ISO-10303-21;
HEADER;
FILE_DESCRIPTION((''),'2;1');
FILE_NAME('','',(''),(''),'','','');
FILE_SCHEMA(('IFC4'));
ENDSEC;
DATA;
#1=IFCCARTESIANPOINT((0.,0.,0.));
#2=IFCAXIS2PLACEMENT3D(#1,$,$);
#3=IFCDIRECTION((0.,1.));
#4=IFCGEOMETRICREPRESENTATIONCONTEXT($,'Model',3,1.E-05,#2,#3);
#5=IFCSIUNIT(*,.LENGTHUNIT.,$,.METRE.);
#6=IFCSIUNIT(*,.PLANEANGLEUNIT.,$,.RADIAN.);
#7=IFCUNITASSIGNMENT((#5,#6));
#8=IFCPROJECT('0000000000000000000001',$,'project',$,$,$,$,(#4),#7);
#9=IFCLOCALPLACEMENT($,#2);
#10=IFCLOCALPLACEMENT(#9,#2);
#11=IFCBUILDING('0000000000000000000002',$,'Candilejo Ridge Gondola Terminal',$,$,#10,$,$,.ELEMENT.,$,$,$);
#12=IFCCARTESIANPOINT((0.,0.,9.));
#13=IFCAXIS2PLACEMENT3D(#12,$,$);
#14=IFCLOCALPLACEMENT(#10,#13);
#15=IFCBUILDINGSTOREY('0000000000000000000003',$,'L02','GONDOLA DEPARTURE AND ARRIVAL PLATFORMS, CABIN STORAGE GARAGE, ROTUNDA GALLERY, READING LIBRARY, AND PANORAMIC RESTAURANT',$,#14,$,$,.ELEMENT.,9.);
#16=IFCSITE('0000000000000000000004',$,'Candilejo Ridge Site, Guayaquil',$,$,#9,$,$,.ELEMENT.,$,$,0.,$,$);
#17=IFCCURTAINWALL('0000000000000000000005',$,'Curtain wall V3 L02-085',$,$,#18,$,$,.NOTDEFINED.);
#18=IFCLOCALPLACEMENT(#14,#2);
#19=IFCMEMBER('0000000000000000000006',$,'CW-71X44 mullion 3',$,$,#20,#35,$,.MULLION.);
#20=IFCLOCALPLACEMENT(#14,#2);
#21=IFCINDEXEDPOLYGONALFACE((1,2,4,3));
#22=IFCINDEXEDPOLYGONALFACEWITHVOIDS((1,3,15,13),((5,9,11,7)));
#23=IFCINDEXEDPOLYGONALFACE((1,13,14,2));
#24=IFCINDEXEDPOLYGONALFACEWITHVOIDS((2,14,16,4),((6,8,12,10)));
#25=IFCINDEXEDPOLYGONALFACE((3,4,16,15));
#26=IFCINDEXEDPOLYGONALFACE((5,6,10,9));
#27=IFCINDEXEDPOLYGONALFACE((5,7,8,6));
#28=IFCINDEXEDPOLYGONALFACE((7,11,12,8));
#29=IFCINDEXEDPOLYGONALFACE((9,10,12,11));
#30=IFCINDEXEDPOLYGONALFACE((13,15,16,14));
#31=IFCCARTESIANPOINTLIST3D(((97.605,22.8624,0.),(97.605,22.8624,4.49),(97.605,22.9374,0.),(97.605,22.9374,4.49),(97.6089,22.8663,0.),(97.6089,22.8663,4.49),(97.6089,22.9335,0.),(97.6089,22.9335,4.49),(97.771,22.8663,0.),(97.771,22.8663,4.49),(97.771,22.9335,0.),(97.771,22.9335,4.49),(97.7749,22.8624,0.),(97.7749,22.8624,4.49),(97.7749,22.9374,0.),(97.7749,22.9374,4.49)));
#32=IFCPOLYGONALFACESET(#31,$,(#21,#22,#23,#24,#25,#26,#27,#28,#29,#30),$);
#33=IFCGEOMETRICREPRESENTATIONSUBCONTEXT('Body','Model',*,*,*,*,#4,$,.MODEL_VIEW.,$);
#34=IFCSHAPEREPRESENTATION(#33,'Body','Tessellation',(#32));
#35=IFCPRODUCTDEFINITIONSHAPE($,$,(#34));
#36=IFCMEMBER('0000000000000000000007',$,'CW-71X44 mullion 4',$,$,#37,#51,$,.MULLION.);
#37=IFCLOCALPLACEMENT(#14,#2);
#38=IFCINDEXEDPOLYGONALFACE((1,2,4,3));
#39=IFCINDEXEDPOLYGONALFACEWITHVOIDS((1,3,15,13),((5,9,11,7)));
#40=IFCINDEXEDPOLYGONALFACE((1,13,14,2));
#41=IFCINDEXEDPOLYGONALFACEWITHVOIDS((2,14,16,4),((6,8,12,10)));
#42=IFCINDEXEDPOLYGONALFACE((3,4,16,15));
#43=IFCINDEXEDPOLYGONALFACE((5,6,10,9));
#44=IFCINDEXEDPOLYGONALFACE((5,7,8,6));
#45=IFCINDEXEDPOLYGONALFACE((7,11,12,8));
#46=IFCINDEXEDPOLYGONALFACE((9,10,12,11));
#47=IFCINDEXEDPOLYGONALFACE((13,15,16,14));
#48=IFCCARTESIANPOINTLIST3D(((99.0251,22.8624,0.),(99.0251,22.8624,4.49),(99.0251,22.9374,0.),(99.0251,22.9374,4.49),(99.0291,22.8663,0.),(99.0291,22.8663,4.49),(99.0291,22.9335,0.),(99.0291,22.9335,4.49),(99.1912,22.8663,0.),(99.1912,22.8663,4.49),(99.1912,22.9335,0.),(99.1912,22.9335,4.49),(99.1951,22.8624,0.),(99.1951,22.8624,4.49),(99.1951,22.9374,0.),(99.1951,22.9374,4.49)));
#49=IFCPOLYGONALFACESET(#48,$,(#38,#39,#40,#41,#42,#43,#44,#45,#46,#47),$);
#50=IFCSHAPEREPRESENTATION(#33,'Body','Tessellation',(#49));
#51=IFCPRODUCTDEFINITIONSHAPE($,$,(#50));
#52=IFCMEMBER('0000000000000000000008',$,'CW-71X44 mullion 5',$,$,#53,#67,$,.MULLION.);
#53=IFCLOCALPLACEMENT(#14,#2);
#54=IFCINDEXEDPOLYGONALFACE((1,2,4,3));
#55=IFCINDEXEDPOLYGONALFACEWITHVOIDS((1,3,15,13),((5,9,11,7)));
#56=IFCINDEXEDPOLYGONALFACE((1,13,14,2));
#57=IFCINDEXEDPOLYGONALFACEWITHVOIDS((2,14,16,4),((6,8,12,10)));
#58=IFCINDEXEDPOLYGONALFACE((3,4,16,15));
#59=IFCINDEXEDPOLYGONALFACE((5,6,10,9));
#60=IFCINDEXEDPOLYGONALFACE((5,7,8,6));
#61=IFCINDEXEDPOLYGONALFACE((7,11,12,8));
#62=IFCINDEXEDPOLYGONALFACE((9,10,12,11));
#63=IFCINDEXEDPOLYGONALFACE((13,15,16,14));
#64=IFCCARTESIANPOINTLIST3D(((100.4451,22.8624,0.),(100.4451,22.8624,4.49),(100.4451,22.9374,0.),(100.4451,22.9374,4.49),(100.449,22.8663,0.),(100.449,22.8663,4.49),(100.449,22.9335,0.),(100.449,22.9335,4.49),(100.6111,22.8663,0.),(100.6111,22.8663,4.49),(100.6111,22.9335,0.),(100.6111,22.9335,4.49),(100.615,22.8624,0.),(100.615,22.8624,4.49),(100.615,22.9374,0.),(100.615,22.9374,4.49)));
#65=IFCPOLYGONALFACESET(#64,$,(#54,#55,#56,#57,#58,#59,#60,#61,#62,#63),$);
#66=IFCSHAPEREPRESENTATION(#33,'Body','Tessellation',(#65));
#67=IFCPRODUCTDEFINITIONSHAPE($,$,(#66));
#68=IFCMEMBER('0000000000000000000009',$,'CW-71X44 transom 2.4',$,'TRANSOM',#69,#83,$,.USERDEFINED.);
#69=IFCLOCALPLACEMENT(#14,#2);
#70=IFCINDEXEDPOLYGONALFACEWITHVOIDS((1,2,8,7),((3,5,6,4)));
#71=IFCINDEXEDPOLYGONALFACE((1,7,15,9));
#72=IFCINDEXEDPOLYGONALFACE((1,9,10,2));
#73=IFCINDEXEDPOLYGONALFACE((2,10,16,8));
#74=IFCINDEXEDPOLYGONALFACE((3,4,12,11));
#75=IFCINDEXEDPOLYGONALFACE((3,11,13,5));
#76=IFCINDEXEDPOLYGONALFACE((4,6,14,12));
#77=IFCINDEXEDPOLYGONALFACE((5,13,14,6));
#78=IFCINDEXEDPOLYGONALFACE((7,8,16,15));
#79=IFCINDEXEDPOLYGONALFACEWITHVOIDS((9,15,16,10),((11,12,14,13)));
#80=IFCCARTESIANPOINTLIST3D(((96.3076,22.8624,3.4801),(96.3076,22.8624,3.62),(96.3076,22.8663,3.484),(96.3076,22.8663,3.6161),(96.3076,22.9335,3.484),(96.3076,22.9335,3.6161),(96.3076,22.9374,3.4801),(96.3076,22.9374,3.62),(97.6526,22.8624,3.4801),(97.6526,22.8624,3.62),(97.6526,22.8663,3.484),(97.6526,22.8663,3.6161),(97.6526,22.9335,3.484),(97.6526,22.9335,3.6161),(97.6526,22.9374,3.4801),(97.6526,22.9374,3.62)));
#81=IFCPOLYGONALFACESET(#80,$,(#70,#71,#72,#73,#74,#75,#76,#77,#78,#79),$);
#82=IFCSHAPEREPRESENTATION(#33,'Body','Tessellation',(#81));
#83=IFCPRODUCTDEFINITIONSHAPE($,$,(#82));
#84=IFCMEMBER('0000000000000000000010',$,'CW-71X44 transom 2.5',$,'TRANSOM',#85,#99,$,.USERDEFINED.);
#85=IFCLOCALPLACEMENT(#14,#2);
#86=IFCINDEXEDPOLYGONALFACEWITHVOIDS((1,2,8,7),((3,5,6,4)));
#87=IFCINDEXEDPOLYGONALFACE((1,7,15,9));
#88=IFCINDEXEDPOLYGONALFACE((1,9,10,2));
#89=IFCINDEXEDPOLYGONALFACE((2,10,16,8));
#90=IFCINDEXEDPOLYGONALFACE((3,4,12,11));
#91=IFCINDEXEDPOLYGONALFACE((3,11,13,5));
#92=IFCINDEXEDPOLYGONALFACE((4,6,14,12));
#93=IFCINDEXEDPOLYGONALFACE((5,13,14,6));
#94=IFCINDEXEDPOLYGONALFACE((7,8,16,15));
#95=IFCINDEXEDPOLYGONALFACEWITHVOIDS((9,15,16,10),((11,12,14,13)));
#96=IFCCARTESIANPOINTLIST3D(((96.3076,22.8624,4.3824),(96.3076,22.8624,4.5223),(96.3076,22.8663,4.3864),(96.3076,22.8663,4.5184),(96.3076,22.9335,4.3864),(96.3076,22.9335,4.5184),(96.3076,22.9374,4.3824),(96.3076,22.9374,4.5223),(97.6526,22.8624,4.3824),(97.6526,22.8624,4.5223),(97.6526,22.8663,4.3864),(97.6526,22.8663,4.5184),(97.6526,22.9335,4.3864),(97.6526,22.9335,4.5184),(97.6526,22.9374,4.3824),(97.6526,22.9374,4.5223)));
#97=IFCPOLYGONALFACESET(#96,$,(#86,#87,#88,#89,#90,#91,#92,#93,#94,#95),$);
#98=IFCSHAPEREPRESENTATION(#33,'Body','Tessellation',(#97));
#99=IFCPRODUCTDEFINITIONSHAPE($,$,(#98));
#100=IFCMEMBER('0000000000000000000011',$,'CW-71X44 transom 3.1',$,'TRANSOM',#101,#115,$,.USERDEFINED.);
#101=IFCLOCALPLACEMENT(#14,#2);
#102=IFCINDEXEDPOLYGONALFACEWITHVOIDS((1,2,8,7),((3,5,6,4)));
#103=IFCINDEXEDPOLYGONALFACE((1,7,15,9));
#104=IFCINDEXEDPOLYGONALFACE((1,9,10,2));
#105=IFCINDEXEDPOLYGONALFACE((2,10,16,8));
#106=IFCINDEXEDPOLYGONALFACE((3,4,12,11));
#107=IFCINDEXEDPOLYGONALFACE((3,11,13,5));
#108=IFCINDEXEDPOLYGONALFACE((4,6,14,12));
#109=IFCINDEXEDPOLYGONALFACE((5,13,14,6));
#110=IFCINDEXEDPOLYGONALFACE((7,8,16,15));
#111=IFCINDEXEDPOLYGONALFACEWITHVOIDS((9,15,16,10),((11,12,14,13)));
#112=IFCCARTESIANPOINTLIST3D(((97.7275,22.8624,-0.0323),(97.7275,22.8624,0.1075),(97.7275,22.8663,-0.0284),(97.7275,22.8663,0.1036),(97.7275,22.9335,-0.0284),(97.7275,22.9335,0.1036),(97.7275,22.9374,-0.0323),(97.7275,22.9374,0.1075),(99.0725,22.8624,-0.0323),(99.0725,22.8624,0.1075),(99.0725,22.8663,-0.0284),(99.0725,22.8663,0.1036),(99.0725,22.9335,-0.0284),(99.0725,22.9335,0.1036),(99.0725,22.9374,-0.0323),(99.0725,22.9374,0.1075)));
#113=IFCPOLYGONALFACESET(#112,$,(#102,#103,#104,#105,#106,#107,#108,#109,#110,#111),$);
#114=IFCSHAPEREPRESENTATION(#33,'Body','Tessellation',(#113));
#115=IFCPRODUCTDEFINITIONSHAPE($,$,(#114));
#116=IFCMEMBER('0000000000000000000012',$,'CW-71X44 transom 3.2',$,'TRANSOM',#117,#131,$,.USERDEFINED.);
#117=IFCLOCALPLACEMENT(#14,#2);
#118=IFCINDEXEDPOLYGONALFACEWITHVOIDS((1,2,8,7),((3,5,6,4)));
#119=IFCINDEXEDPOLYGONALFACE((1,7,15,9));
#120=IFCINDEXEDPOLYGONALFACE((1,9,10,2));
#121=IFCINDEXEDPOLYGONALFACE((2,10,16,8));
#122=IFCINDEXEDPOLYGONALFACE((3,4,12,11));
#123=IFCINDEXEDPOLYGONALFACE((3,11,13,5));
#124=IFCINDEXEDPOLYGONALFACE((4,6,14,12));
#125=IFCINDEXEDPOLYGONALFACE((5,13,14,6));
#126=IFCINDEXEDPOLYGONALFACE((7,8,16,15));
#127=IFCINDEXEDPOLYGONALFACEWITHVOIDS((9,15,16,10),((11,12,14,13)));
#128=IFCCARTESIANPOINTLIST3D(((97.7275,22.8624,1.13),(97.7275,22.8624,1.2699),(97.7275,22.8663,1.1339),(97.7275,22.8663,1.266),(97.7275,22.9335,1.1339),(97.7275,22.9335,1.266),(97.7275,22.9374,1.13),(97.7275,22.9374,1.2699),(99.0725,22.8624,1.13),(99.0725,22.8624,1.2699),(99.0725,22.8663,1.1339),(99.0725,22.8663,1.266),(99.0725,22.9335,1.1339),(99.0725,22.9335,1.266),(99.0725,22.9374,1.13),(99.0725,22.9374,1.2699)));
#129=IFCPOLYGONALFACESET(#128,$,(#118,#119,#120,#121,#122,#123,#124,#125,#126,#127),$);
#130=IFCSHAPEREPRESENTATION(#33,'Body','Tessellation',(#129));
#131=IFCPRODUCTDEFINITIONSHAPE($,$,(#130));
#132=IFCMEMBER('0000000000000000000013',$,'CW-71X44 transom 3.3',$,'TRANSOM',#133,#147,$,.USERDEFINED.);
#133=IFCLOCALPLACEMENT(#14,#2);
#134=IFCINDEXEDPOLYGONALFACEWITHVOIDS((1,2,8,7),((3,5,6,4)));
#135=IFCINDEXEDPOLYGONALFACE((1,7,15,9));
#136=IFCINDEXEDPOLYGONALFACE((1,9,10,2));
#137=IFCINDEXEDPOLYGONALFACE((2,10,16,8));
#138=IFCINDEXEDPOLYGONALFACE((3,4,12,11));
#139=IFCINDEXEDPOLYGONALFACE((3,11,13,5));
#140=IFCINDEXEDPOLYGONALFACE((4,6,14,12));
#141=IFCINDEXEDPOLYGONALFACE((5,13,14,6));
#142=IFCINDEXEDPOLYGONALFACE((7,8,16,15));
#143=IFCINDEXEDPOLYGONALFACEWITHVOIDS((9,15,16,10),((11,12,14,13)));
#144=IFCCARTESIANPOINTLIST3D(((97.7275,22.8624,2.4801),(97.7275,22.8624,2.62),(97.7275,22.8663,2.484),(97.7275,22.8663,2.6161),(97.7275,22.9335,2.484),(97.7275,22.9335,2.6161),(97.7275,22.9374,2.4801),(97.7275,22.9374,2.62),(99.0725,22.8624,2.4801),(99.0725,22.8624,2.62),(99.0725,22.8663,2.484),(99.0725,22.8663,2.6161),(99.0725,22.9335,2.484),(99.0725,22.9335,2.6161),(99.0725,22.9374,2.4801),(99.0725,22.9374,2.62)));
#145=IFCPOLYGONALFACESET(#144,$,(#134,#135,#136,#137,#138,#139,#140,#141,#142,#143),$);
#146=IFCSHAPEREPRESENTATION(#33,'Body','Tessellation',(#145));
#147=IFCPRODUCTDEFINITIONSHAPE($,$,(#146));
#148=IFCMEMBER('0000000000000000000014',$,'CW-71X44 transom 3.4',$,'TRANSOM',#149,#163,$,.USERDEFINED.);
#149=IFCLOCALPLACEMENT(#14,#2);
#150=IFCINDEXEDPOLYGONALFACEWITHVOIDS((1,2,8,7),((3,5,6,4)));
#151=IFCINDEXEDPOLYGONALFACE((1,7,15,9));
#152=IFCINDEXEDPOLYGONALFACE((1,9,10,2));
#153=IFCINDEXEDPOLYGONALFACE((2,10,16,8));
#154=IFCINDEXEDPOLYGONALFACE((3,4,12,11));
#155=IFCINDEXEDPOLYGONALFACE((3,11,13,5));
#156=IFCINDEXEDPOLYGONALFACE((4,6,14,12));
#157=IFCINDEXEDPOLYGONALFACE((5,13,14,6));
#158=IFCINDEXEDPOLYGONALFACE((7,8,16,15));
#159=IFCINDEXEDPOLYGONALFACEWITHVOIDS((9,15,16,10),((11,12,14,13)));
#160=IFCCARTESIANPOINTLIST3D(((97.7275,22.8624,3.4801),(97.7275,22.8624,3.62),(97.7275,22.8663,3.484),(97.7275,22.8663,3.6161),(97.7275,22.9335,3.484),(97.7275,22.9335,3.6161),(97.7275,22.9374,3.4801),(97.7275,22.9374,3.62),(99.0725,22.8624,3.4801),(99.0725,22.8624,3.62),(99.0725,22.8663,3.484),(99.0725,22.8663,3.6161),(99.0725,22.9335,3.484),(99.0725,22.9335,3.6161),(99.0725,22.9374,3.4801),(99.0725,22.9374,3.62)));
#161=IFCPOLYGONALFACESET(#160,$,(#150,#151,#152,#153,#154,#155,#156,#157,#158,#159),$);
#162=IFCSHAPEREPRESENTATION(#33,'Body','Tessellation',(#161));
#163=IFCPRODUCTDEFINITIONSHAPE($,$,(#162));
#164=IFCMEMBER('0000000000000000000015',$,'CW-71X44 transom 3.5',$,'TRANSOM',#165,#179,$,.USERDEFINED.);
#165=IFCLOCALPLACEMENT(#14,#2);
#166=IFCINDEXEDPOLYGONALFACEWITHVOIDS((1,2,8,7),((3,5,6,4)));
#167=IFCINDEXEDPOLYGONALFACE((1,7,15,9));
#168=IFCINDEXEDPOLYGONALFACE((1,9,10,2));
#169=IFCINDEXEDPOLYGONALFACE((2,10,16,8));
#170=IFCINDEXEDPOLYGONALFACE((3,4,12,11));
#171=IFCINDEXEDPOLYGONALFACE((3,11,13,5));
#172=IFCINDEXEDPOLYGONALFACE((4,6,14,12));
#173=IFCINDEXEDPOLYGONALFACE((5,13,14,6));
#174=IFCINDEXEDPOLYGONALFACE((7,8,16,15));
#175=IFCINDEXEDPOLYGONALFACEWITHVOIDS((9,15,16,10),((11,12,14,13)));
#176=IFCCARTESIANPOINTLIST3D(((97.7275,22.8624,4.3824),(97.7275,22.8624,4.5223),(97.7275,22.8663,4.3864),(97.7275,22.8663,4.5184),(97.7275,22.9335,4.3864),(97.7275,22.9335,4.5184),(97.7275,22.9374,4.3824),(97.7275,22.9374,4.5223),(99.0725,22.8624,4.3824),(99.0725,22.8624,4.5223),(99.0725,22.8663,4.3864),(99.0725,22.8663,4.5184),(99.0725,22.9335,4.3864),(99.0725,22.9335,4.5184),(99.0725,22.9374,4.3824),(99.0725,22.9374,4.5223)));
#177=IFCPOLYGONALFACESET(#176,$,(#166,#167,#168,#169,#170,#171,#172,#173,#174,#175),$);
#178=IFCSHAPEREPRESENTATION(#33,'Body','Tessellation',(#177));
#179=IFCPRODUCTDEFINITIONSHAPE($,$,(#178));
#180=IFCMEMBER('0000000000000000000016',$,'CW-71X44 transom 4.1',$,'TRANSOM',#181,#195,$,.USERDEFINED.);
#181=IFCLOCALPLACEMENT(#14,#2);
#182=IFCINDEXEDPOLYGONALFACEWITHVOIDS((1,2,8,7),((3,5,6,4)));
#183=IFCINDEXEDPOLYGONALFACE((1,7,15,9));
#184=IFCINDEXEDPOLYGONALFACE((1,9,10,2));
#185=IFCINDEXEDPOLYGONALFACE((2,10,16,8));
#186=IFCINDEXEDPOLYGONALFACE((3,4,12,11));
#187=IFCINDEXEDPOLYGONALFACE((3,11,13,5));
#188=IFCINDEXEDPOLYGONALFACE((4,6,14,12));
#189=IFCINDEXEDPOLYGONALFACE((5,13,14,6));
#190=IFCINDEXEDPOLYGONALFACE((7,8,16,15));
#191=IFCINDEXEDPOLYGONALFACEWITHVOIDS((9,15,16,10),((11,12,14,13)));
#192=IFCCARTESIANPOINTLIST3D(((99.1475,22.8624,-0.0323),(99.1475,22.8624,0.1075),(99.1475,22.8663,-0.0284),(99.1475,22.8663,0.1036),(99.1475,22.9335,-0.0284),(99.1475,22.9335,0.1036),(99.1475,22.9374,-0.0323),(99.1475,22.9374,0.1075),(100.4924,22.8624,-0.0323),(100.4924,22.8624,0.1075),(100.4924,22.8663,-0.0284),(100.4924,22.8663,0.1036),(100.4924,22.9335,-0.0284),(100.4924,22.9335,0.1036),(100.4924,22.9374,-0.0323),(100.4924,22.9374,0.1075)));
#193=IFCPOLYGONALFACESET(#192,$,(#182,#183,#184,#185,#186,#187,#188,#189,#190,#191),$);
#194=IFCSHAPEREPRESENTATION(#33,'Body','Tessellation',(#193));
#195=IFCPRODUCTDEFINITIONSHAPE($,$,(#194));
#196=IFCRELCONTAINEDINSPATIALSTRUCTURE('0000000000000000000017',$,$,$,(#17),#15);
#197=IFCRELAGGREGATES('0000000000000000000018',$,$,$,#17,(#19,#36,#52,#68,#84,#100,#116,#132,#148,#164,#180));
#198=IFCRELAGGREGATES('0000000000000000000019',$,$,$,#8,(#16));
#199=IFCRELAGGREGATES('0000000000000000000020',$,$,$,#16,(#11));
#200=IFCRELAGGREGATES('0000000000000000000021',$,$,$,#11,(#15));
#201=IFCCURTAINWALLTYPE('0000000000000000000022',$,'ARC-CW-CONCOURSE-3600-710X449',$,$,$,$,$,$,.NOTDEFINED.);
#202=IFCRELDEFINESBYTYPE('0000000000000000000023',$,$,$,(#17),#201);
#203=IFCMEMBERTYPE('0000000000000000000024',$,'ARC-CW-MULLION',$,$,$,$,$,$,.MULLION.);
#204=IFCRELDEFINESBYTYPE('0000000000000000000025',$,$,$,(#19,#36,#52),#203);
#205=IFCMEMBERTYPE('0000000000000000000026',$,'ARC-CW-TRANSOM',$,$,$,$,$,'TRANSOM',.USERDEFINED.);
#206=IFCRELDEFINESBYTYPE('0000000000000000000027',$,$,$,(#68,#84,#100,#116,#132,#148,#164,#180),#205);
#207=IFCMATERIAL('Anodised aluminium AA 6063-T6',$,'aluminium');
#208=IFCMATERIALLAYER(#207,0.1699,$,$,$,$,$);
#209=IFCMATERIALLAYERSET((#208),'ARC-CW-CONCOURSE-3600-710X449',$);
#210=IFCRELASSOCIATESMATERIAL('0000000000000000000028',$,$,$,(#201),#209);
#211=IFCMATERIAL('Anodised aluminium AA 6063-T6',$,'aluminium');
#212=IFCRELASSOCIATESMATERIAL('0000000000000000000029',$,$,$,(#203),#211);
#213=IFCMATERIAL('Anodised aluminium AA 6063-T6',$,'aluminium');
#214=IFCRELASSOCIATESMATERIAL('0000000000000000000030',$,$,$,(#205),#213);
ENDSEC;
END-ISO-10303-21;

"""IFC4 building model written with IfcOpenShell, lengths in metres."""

from ifc_helpers import new_model, si_unit, direction, frame, origin, origin_2d, place, context, subcontext, project, spatial, hollow_rectangle, extrude, material, layer, layer_set, material_profile, profile_set, type_object, element, aggregate, save


model = new_model("IFC4")

# Units and contexts
model_context = context("Model", 3, precision=1e-05, world=origin(), true_north=direction((0.0, 1.0)))
body_context = subcontext(model_context, "Body", "Model", "MODEL_VIEW")
ifc_project = project(units=[si_unit("LENGTHUNIT", "METRE"), si_unit("PLANEANGLEUNIT", "RADIAN")], contexts=[model_context])

# Site, building, storey
site_placement = place(None, origin())
site = spatial("IfcSite", under=ifc_project, at=site_placement, Name="Candilejo Ridge Site, Guayaquil", CompositionType="ELEMENT", RefElevation=0.0)
building_placement = place(site_placement, origin())
building = spatial("IfcBuilding", under=site, at=building_placement, Name="Candilejo Ridge Gondola Terminal", CompositionType="ELEMENT")
storey_placement = place(building_placement, frame((0.0, 0.0, 9.0)))
storey = spatial("IfcBuildingStorey", under=building, at=storey_placement, Name="L02", Description="GONDOLA DEPARTURE AND ARRIVAL PLATFORMS, CABIN STORAGE GARAGE, ROTUNDA GALLERY, READING LIBRARY, AND PANORAMIC RESTAURANT", CompositionType="ELEMENT", Elevation=9.0)

# Curtain wall, members
ifc_material_1 = material(Name="Anodised aluminium AA 6063-T6", Category="aluminium")
ifc_layer_1 = layer(ifc_material_1, 0.1699)
ifc_layer_set_1 = layer_set([ifc_layer_1], Name="ARC-CW-CONCOURSE-3600-710X449")
curtain_wall_type = type_object("IfcCurtainWallType", Name="ARC-CW-CONCOURSE-3600-710X449", PredefinedType="NOTDEFINED", material=ifc_layer_set_1)
curtain_wall_placement = place(storey_placement, origin())
curtain_wall = element("IfcCurtainWall", 1, at=curtain_wall_placement, inside=storey, type_object=curtain_wall_type, Name="Curtain wall V3 L02-085", PredefinedType="NOTDEFINED")
ifc_material_2 = material(Name="Anodised aluminium AA 6063-T6", Category="aluminium")
ifc_material_profile_1 = material_profile(ifc_material_2, hollow_rectangle(XDim=0.075, YDim=0.1699, WallThickness=0.0039, at=origin_2d()))
ifc_profile_set_1 = profile_set([ifc_material_profile_1], Name="Anodised aluminium AA 6063-T6")
member_type_1 = type_object("IfcMemberType", Name="ARC-CW-MULLION", PredefinedType="MULLION", material=ifc_profile_set_1)
member_1_placement = place(storey_placement, frame((97.6899, 22.8999, 0.0), z_axis=(0.0, 0.0, 1.0), x_axis=(0.0, 1.0, 0.0)))
member_1 = element("IfcMember", 2, at=member_1_placement, type_object=member_type_1, Name="CW-71X44 mullion 3", PredefinedType="MULLION", context=body_context, shape_type="SweptSolid", body=[
    extrude(hollow_rectangle(XDim=0.075, YDim=0.1699, WallThickness=0.0039, at=origin_2d()), origin(), (0.0, 0.0, 1.0), 4.49),
])
member_2_placement = place(storey_placement, frame((99.1101, 22.8999, 0.0), z_axis=(0.0, 0.0, 1.0), x_axis=(0.0, 1.0, 0.0)))
member_2 = element("IfcMember", 3, at=member_2_placement, type_object=member_type_1, Name="CW-71X44 mullion 4", PredefinedType="MULLION", context=body_context, shape_type="SweptSolid", body=[
    extrude(hollow_rectangle(XDim=0.075, YDim=0.1699, WallThickness=0.0039, at=origin_2d()), origin(), (0.0, 0.0, 1.0), 4.49),
])
member_3_placement = place(storey_placement, frame((100.53, 22.8999, 0.0), z_axis=(0.0, 0.0, 1.0), x_axis=(0.0, 1.0, 0.0)))
member_3 = element("IfcMember", 4, at=member_3_placement, type_object=member_type_1, Name="CW-71X44 mullion 5", PredefinedType="MULLION", context=body_context, shape_type="SweptSolid", body=[
    extrude(hollow_rectangle(XDim=0.075, YDim=0.1699, WallThickness=0.0039, at=origin_2d()), origin(), (0.0, 0.0, 1.0), 4.49),
])
ifc_material_3 = material(Name="Anodised aluminium AA 6063-T6", Category="aluminium")
ifc_material_profile_2 = material_profile(ifc_material_3, hollow_rectangle(XDim=0.075, YDim=0.1399, WallThickness=0.0039, at=origin_2d()))
ifc_profile_set_2 = profile_set([ifc_material_profile_2], Name="Anodised aluminium AA 6063-T6")
member_type_2 = type_object("IfcMemberType", Name="ARC-CW-TRANSOM", ElementType="TRANSOM", PredefinedType="USERDEFINED", material=ifc_profile_set_2)
member_4_placement = place(storey_placement, frame((96.3076, 22.8999, 3.55), z_axis=(1.0, 0.0, 0.0), x_axis=(0.0, 1.0, 0.0)))
member_4 = element("IfcMember", 5, at=member_4_placement, type_object=member_type_2, Name="CW-71X44 transom 2.4", ObjectType="TRANSOM", PredefinedType="USERDEFINED", context=body_context, shape_type="SweptSolid", body=[
    extrude(hollow_rectangle(XDim=0.075, YDim=0.1399, WallThickness=0.0039, at=origin_2d()), origin(), (0.0, 0.0, 1.0), 1.345),
])
member_5_placement = place(storey_placement, frame((96.3076, 22.8999, 4.4524), z_axis=(1.0, 0.0, 0.0), x_axis=(0.0, 1.0, 0.0)))
member_5 = element("IfcMember", 6, at=member_5_placement, type_object=member_type_2, Name="CW-71X44 transom 2.5", ObjectType="TRANSOM", PredefinedType="USERDEFINED", context=body_context, shape_type="SweptSolid", body=[
    extrude(hollow_rectangle(XDim=0.075, YDim=0.1399, WallThickness=0.0039, at=origin_2d()), origin(), (0.0, 0.0, 1.0), 1.345),
])
member_6_placement = place(storey_placement, frame((97.7275, 22.8999, 0.0376), z_axis=(1.0, 0.0, 0.0), x_axis=(0.0, 1.0, 0.0)))
member_6 = element("IfcMember", 7, at=member_6_placement, type_object=member_type_2, Name="CW-71X44 transom 3.1", ObjectType="TRANSOM", PredefinedType="USERDEFINED", context=body_context, shape_type="SweptSolid", body=[
    extrude(hollow_rectangle(XDim=0.075, YDim=0.1399, WallThickness=0.0039, at=origin_2d()), origin(), (0.0, 0.0, 1.0), 1.345),
])
member_7_placement = place(storey_placement, frame((97.7275, 22.8999, 1.2), z_axis=(1.0, 0.0, 0.0), x_axis=(0.0, 1.0, 0.0)))
member_7 = element("IfcMember", 8, at=member_7_placement, type_object=member_type_2, Name="CW-71X44 transom 3.2", ObjectType="TRANSOM", PredefinedType="USERDEFINED", context=body_context, shape_type="SweptSolid", body=[
    extrude(hollow_rectangle(XDim=0.075, YDim=0.1399, WallThickness=0.0039, at=origin_2d()), origin(), (0.0, 0.0, 1.0), 1.345),
])
member_8_placement = place(storey_placement, frame((97.7275, 22.8999, 2.55), z_axis=(1.0, 0.0, 0.0), x_axis=(0.0, 1.0, 0.0)))
member_8 = element("IfcMember", 9, at=member_8_placement, type_object=member_type_2, Name="CW-71X44 transom 3.3", ObjectType="TRANSOM", PredefinedType="USERDEFINED", context=body_context, shape_type="SweptSolid", body=[
    extrude(hollow_rectangle(XDim=0.075, YDim=0.1399, WallThickness=0.0039, at=origin_2d()), origin(), (0.0, 0.0, 1.0), 1.345),
])
member_9_placement = place(storey_placement, frame((97.7275, 22.8999, 3.55), z_axis=(1.0, 0.0, 0.0), x_axis=(0.0, 1.0, 0.0)))
member_9 = element("IfcMember", 10, at=member_9_placement, type_object=member_type_2, Name="CW-71X44 transom 3.4", ObjectType="TRANSOM", PredefinedType="USERDEFINED", context=body_context, shape_type="SweptSolid", body=[
    extrude(hollow_rectangle(XDim=0.075, YDim=0.1399, WallThickness=0.0039, at=origin_2d()), origin(), (0.0, 0.0, 1.0), 1.345),
])
member_10_placement = place(storey_placement, frame((97.7275, 22.8999, 4.4524), z_axis=(1.0, 0.0, 0.0), x_axis=(0.0, 1.0, 0.0)))
member_10 = element("IfcMember", 11, at=member_10_placement, type_object=member_type_2, Name="CW-71X44 transom 3.5", ObjectType="TRANSOM", PredefinedType="USERDEFINED", context=body_context, shape_type="SweptSolid", body=[
    extrude(hollow_rectangle(XDim=0.075, YDim=0.1399, WallThickness=0.0039, at=origin_2d()), origin(), (0.0, 0.0, 1.0), 1.345),
])
member_11_placement = place(storey_placement, frame((99.1475, 22.8999, 0.0376), z_axis=(1.0, 0.0, 0.0), x_axis=(0.0, 1.0, 0.0)))
member_11 = element("IfcMember", 12, at=member_11_placement, type_object=member_type_2, Name="CW-71X44 transom 4.1", ObjectType="TRANSOM", PredefinedType="USERDEFINED", context=body_context, shape_type="SweptSolid", body=[
    extrude(hollow_rectangle(XDim=0.075, YDim=0.1399, WallThickness=0.0039, at=origin_2d()), origin(), (0.0, 0.0, 1.0), 1.345),
])
aggregate(curtain_wall, [member_1, member_2, member_3, member_4, member_5, member_6, member_7, member_8, member_9, member_10, member_11])

save(model, "model.ifc")
